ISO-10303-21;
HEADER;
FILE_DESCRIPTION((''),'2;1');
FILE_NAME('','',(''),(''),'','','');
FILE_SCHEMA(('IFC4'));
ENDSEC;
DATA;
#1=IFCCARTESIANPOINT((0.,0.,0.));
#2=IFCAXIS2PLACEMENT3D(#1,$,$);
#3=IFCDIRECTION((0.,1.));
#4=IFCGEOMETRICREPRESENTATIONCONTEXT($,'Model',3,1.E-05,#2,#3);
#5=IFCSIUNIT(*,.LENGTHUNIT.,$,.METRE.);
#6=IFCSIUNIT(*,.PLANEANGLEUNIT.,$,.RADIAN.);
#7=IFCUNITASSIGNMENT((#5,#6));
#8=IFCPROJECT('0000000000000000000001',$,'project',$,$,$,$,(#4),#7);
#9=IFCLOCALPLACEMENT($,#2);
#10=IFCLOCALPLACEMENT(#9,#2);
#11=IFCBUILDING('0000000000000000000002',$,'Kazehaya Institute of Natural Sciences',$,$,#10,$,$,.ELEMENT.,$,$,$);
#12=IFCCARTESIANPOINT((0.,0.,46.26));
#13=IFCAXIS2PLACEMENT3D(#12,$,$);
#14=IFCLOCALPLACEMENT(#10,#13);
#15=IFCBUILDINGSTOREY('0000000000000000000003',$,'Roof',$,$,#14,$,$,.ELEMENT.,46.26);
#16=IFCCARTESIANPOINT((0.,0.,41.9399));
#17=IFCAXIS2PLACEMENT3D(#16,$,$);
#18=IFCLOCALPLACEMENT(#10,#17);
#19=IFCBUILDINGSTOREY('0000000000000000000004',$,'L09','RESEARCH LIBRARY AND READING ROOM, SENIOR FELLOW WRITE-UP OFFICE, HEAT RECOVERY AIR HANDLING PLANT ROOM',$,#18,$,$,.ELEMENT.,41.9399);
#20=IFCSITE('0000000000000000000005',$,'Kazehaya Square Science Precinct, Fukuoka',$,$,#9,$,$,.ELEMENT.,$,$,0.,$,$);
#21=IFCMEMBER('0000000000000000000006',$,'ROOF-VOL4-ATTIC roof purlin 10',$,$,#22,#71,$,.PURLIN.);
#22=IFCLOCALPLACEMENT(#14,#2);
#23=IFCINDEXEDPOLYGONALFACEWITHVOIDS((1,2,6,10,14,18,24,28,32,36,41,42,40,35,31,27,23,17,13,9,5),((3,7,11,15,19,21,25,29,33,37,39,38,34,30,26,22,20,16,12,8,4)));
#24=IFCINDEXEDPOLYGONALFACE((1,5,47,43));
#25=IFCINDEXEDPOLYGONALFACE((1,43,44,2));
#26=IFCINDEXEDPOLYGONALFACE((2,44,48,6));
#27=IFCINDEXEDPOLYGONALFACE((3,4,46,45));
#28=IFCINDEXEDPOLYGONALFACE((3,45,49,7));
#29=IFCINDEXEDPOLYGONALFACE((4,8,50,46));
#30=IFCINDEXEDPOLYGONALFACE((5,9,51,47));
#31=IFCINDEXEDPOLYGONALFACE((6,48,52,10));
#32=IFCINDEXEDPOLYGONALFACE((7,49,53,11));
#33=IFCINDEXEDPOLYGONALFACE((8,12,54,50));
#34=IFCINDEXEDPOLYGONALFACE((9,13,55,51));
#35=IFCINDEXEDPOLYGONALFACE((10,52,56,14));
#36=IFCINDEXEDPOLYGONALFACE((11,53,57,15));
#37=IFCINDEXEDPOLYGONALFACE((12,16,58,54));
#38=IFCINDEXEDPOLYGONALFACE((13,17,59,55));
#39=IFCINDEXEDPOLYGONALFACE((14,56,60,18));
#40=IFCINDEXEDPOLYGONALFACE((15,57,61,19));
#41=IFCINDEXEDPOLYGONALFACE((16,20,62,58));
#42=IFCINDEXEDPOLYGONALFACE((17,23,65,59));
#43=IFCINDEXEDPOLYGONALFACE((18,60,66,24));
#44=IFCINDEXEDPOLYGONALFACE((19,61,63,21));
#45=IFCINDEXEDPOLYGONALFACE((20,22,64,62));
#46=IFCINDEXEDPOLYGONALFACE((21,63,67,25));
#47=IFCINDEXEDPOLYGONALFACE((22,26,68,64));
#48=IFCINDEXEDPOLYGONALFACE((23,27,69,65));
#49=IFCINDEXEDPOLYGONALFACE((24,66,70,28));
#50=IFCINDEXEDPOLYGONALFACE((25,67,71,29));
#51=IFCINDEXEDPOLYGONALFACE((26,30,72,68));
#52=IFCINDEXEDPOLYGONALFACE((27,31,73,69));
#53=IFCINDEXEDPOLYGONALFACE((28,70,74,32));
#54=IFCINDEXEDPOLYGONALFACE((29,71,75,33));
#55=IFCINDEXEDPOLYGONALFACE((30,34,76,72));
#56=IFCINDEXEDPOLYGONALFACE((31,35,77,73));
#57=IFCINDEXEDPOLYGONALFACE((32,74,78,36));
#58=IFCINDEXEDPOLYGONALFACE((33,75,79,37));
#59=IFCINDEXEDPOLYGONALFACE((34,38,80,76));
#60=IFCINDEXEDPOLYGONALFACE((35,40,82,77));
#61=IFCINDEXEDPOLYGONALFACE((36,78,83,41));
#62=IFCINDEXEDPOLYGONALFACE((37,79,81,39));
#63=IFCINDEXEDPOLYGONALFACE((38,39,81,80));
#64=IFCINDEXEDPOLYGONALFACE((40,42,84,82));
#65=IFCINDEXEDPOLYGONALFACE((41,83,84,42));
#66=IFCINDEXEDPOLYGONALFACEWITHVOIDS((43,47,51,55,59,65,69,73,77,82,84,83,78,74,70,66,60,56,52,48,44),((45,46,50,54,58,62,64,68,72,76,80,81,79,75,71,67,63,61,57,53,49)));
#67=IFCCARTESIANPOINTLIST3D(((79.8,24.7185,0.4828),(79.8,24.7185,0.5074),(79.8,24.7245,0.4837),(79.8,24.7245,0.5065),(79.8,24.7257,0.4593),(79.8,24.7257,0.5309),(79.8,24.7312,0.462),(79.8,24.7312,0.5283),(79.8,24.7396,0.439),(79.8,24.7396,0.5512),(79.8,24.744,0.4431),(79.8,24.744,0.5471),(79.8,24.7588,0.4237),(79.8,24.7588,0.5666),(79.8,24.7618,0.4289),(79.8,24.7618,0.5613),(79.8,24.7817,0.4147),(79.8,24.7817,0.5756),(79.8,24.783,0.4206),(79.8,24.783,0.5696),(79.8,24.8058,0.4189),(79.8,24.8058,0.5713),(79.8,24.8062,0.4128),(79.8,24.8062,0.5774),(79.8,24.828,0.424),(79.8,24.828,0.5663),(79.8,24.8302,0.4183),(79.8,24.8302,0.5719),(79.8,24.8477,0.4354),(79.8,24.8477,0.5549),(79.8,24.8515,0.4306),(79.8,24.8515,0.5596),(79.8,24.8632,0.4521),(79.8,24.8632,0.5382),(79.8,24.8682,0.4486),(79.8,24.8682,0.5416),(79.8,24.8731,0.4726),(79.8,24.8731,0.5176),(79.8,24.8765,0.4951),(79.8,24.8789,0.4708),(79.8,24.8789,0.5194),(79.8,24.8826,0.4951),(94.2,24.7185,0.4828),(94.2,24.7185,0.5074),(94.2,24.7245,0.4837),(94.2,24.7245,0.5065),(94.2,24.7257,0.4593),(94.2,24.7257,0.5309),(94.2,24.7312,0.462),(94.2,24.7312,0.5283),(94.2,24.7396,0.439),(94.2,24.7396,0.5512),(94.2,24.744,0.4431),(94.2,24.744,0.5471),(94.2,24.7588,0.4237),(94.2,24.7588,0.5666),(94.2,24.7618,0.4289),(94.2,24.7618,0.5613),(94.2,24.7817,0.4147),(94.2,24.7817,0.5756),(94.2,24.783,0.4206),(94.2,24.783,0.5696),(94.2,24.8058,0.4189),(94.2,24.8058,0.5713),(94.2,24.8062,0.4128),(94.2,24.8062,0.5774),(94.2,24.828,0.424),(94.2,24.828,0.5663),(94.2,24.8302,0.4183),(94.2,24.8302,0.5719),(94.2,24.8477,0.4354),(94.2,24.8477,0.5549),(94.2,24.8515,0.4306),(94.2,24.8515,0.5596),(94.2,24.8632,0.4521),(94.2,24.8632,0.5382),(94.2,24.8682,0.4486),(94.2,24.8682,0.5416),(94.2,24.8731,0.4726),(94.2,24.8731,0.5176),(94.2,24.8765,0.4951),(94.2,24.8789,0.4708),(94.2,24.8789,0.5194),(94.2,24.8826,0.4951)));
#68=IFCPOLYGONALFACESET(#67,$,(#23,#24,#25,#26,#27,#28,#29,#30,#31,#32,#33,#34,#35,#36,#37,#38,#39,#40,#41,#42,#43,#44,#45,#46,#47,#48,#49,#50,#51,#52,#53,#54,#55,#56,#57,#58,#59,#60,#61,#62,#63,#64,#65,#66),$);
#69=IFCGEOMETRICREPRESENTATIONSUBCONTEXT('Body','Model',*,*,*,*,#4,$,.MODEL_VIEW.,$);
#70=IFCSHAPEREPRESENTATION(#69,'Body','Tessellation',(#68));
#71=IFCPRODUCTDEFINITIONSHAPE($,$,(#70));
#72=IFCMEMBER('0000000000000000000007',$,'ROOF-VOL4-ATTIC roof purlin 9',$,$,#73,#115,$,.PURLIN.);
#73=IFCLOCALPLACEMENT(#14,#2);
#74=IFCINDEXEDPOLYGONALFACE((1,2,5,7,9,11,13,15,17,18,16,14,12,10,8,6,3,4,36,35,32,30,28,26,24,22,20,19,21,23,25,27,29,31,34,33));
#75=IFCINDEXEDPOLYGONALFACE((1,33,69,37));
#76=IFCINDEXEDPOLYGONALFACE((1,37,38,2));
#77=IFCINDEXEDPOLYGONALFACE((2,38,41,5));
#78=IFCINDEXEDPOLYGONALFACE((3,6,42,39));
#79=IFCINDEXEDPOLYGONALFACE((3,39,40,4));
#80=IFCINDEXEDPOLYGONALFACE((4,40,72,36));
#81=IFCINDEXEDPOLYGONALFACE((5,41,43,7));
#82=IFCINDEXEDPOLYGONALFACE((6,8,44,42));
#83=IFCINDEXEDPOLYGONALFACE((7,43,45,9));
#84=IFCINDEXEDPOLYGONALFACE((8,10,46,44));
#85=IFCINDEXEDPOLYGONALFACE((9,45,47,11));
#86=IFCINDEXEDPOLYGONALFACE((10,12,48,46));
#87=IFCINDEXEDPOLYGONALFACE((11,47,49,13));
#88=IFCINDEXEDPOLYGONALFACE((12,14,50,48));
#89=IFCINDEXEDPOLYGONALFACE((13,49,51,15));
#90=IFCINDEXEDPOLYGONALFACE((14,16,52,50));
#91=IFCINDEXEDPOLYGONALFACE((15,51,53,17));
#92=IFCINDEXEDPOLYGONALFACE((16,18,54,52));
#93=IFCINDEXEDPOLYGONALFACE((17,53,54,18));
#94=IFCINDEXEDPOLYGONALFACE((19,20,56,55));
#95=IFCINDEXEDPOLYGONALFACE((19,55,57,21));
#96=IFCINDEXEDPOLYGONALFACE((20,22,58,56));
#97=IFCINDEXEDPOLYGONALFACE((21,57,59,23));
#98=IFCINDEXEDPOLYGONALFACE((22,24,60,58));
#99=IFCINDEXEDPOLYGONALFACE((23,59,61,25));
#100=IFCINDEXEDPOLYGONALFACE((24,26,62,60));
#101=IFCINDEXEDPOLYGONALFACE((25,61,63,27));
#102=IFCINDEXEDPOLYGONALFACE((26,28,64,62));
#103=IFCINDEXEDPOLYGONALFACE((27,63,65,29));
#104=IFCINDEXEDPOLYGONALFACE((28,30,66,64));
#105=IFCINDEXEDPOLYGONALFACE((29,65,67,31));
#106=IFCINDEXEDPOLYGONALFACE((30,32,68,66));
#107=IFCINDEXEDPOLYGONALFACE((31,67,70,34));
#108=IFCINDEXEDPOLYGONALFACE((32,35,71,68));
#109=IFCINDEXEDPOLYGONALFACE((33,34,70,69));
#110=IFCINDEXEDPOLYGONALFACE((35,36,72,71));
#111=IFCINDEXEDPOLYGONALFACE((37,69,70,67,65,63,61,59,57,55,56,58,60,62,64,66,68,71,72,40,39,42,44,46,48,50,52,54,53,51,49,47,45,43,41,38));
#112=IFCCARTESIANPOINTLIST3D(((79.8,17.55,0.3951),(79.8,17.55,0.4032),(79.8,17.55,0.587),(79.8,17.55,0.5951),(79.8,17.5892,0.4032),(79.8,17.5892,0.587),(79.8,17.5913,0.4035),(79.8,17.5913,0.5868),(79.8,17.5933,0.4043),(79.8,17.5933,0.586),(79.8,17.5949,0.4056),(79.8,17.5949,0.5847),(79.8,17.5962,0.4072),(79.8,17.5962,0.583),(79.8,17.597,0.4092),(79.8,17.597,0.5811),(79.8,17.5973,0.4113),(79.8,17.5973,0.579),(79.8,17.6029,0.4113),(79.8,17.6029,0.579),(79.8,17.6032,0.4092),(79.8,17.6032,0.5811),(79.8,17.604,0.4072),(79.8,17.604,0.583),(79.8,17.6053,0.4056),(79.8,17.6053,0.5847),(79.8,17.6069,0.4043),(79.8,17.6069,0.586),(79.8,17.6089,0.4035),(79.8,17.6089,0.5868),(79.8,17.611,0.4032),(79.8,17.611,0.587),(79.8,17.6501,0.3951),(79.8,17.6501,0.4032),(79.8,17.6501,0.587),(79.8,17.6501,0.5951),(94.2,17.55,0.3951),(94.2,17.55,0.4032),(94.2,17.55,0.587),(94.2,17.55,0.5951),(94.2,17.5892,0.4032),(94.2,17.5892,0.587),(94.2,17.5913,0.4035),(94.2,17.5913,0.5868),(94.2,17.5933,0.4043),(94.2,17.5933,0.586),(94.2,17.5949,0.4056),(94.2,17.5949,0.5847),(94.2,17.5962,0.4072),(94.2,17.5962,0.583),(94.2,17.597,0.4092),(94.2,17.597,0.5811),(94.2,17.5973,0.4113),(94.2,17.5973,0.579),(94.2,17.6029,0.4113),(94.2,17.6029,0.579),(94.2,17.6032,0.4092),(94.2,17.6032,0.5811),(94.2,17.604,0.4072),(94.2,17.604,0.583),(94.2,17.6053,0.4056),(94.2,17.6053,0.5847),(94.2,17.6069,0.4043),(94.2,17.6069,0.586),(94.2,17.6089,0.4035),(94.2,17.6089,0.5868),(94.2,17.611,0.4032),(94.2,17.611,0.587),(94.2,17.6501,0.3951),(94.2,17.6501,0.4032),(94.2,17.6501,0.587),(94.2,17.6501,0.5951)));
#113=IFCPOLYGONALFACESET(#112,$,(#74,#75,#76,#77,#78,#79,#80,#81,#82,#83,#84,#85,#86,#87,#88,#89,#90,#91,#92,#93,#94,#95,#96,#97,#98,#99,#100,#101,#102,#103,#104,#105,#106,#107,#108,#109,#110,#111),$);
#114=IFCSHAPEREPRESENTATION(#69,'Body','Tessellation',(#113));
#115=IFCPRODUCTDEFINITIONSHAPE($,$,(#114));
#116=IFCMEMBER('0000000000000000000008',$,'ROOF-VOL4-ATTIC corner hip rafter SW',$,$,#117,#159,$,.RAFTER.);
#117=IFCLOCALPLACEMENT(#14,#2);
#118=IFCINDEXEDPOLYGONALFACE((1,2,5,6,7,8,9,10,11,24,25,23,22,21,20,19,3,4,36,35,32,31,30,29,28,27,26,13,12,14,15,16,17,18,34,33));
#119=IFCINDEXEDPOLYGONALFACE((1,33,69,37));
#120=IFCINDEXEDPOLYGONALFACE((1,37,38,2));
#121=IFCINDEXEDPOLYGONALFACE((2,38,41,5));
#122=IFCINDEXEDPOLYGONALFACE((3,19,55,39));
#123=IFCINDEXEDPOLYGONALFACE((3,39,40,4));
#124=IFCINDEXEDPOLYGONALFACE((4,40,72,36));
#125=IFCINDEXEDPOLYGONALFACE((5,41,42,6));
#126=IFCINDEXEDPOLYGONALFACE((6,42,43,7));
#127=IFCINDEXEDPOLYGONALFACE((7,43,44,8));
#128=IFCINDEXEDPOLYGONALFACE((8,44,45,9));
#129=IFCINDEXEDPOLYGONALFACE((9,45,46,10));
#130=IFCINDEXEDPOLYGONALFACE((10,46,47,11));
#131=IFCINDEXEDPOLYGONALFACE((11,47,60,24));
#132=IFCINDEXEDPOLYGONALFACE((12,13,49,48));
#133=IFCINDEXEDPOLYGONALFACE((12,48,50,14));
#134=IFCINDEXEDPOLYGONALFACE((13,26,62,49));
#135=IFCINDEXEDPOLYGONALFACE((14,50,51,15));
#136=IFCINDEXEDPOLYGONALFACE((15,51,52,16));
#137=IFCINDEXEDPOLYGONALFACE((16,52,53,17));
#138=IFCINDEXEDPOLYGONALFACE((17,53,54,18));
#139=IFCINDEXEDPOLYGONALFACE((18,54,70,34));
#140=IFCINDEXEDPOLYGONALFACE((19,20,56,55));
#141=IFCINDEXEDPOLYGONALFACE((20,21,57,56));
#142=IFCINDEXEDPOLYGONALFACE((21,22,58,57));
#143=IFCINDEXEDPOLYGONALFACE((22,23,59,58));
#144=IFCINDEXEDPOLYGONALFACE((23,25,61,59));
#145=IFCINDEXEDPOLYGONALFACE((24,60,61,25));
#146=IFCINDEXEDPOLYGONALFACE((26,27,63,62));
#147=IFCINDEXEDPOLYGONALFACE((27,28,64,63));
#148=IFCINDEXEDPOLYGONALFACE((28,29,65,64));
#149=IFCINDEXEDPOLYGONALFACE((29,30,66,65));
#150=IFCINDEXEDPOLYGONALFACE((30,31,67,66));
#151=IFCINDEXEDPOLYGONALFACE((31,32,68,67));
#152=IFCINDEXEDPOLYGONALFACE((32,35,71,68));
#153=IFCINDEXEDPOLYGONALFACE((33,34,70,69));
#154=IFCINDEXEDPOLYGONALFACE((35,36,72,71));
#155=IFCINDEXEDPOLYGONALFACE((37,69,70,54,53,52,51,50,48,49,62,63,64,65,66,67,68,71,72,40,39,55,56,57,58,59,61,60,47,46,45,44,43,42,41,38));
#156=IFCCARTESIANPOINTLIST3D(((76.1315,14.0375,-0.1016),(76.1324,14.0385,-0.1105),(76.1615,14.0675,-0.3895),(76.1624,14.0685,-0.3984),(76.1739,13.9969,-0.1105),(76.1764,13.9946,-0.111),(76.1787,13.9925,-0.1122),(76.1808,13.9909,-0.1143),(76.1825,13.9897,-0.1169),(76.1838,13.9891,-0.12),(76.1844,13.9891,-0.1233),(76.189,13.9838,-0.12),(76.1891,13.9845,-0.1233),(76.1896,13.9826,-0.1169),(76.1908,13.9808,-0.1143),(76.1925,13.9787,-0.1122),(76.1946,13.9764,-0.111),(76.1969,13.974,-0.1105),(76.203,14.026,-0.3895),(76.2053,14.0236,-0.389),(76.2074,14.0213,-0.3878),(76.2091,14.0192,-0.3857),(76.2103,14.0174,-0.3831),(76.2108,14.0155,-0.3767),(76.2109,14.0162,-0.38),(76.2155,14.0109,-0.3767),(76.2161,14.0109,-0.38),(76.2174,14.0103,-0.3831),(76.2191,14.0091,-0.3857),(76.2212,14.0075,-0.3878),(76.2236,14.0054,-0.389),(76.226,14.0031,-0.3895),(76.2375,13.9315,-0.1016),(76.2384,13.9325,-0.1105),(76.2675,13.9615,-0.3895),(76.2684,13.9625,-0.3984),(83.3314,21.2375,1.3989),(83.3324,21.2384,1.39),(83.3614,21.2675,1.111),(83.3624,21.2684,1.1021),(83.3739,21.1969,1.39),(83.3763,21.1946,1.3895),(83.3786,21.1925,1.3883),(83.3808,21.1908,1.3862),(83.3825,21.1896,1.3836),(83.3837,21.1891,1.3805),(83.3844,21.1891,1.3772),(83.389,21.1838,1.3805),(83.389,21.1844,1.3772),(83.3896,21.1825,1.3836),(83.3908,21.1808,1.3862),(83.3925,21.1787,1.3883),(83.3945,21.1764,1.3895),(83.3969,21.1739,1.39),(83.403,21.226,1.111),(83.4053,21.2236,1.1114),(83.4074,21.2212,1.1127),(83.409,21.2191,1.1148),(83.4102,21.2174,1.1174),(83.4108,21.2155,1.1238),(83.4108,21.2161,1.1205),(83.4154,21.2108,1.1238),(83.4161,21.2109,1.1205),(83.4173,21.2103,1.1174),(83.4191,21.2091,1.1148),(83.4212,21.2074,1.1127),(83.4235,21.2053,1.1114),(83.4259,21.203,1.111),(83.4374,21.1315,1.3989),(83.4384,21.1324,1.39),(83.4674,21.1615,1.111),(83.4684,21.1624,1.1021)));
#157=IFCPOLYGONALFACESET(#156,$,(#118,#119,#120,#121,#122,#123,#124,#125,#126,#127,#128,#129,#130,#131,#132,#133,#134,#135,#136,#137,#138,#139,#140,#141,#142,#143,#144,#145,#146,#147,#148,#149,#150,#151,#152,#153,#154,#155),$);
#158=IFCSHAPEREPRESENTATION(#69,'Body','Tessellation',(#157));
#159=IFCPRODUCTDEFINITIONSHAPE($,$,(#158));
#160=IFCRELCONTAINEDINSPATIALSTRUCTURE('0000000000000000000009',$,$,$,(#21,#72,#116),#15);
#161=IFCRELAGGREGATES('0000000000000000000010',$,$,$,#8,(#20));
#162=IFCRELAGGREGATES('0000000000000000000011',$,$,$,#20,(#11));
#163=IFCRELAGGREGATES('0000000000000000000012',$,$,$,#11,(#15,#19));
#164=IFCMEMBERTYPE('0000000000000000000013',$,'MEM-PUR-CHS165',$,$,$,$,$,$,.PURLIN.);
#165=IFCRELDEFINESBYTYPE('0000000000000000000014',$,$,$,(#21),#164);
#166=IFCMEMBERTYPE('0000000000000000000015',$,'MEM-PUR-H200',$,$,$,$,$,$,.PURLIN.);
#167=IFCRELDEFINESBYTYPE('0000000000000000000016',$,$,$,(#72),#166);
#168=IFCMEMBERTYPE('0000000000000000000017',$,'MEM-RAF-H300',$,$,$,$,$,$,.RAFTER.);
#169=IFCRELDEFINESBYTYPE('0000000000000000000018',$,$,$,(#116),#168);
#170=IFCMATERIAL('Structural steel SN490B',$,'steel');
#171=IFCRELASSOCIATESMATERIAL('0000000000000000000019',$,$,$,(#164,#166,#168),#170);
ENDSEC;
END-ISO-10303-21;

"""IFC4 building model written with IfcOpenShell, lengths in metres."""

from ifc_helpers import new_model, si_unit, direction, frame, origin, origin_2d, place, context, subcontext, project, spatial, hollow_circle, i_section, extrude, material, material_profile, profile_set, type_object, element, save


model = new_model("IFC4")

# Units and contexts
model_context = context("Model", 3, precision=1e-05, world=origin(), true_north=direction((0.0, 1.0)))
body_context = subcontext(model_context, "Body", "Model", "MODEL_VIEW")
ifc_project = project(units=[si_unit("LENGTHUNIT", "METRE"), si_unit("PLANEANGLEUNIT", "RADIAN")], contexts=[model_context])

# Site, building, storey
site_placement = place(None, origin())
site = spatial("IfcSite", under=ifc_project, at=site_placement, Name="Kazehaya Square Science Precinct, Fukuoka", CompositionType="ELEMENT", RefElevation=0.0)
building_placement = place(site_placement, origin())
building = spatial("IfcBuilding", under=site, at=building_placement, Name="Kazehaya Institute of Natural Sciences", CompositionType="ELEMENT")
storey_1_placement = place(building_placement, frame((0.0, 0.0, 46.26)))
storey_1 = spatial("IfcBuildingStorey", under=building, at=storey_1_placement, Name="Roof", CompositionType="ELEMENT", Elevation=46.26)

# Members
ifc_material_1 = material(Name="Structural steel SN490B", Category="steel")
ifc_material_profile_1 = material_profile(ifc_material_1, hollow_circle(Radius=0.0825, WallThickness=0.0061, at=origin_2d()), Name="CHS-165.2x6.0")
ifc_profile_set_1 = profile_set([ifc_material_profile_1], Name="Structural steel SN490B")
member_type_1 = type_object("IfcMemberType", Name="MEM-PUR-CHS165", PredefinedType="PURLIN", material=ifc_profile_set_1)
member_1_placement = place(storey_1_placement, frame((79.8, 24.8, 0.4951), z_axis=(1.0, 0.0, 0.0), x_axis=(0.0, 1.0, 0.0)))
element("IfcMember", 1, at=member_1_placement, inside=storey_1, type_object=member_type_1, Name="ROOF-VOL4-ATTIC roof purlin 10", PredefinedType="PURLIN", context=body_context, shape_type="SweptSolid", body=[
    extrude(hollow_circle(Radius=0.0825, WallThickness=0.0061, at=origin_2d()), origin(), (0.0, 0.0, 1.0), 14.3999),
])
ifc_material_profile_2 = material_profile(ifc_material_1, i_section(OverallWidth=0.1001, OverallDepth=0.2, WebThickness=0.0056, FlangeThickness=0.0081, FilletRadius=0.0081, at=origin_2d()), Name="H-200x100x5.5x8")
ifc_profile_set_2 = profile_set([ifc_material_profile_2], Name="Structural steel SN490B")
member_type_2 = type_object("IfcMemberType", Name="MEM-PUR-H200", PredefinedType="PURLIN", material=ifc_profile_set_2)
member_2_placement = place(storey_1_placement, frame((79.8, 17.6001, 0.4951), z_axis=(1.0, 0.0, 0.0), x_axis=(0.0, 1.0, 0.0)))
element("IfcMember", 2, at=member_2_placement, inside=storey_1, type_object=member_type_2, Name="ROOF-VOL4-ATTIC roof purlin 9", PredefinedType="PURLIN", context=body_context, shape_type="SweptSolid", body=[
    extrude(i_section(OverallWidth=0.1001, OverallDepth=0.2, WebThickness=0.0056, FlangeThickness=0.0081, FilletRadius=0.0081, at=origin_2d()), origin(), (0.0, 0.0, 1.0), 14.3999),
])
ifc_material_profile_3 = material_profile(ifc_material_1, i_section(OverallWidth=0.1499, OverallDepth=0.3, WebThickness=0.0066, FlangeThickness=0.009, FilletRadius=0.0129, at=origin_2d()), Name="H-300x150x6.5x9")
ifc_profile_set_3 = profile_set([ifc_material_profile_3], Name="Structural steel SN490B")
member_type_3 = type_object("IfcMemberType", Name="MEM-RAF-H300", PredefinedType="RAFTER", material=ifc_profile_set_3)
for number, where, z_axis, x_axis, name in (
    (3, (76.2, 14.0, -0.25), (0.699552, 0.699552, 0.145788), (-0.707107, 0.707107, 0.0), "ROOF-VOL4-ATTIC corner hip rafter SW"),
):
    element("IfcMember", number, at=place(storey_1_placement, frame(where, z_axis=z_axis, x_axis=x_axis)), inside=storey_1, type_object=member_type_3, Name=name, PredefinedType="RAFTER", context=body_context, shape_type="SweptSolid", body=[
        extrude(i_section(OverallWidth=0.1499, OverallDepth=0.3, WebThickness=0.0066, FlangeThickness=0.009, FilletRadius=0.0129, at=origin_2d()), origin(), (0.0, 0.0, 1.0), 10.2922),
    ])

# Shared definitions
storey_2_placement = place(building_placement, frame((0.0, 0.0, 41.9399)))
storey_2 = spatial("IfcBuildingStorey", under=building, at=storey_2_placement, Name="L09", Description="RESEARCH LIBRARY AND READING ROOM, SENIOR FELLOW WRITE-UP OFFICE, HEAT RECOVERY AIR HANDLING PLANT ROOM", CompositionType="ELEMENT", Elevation=41.9399)

save(model, "model.ifc")
